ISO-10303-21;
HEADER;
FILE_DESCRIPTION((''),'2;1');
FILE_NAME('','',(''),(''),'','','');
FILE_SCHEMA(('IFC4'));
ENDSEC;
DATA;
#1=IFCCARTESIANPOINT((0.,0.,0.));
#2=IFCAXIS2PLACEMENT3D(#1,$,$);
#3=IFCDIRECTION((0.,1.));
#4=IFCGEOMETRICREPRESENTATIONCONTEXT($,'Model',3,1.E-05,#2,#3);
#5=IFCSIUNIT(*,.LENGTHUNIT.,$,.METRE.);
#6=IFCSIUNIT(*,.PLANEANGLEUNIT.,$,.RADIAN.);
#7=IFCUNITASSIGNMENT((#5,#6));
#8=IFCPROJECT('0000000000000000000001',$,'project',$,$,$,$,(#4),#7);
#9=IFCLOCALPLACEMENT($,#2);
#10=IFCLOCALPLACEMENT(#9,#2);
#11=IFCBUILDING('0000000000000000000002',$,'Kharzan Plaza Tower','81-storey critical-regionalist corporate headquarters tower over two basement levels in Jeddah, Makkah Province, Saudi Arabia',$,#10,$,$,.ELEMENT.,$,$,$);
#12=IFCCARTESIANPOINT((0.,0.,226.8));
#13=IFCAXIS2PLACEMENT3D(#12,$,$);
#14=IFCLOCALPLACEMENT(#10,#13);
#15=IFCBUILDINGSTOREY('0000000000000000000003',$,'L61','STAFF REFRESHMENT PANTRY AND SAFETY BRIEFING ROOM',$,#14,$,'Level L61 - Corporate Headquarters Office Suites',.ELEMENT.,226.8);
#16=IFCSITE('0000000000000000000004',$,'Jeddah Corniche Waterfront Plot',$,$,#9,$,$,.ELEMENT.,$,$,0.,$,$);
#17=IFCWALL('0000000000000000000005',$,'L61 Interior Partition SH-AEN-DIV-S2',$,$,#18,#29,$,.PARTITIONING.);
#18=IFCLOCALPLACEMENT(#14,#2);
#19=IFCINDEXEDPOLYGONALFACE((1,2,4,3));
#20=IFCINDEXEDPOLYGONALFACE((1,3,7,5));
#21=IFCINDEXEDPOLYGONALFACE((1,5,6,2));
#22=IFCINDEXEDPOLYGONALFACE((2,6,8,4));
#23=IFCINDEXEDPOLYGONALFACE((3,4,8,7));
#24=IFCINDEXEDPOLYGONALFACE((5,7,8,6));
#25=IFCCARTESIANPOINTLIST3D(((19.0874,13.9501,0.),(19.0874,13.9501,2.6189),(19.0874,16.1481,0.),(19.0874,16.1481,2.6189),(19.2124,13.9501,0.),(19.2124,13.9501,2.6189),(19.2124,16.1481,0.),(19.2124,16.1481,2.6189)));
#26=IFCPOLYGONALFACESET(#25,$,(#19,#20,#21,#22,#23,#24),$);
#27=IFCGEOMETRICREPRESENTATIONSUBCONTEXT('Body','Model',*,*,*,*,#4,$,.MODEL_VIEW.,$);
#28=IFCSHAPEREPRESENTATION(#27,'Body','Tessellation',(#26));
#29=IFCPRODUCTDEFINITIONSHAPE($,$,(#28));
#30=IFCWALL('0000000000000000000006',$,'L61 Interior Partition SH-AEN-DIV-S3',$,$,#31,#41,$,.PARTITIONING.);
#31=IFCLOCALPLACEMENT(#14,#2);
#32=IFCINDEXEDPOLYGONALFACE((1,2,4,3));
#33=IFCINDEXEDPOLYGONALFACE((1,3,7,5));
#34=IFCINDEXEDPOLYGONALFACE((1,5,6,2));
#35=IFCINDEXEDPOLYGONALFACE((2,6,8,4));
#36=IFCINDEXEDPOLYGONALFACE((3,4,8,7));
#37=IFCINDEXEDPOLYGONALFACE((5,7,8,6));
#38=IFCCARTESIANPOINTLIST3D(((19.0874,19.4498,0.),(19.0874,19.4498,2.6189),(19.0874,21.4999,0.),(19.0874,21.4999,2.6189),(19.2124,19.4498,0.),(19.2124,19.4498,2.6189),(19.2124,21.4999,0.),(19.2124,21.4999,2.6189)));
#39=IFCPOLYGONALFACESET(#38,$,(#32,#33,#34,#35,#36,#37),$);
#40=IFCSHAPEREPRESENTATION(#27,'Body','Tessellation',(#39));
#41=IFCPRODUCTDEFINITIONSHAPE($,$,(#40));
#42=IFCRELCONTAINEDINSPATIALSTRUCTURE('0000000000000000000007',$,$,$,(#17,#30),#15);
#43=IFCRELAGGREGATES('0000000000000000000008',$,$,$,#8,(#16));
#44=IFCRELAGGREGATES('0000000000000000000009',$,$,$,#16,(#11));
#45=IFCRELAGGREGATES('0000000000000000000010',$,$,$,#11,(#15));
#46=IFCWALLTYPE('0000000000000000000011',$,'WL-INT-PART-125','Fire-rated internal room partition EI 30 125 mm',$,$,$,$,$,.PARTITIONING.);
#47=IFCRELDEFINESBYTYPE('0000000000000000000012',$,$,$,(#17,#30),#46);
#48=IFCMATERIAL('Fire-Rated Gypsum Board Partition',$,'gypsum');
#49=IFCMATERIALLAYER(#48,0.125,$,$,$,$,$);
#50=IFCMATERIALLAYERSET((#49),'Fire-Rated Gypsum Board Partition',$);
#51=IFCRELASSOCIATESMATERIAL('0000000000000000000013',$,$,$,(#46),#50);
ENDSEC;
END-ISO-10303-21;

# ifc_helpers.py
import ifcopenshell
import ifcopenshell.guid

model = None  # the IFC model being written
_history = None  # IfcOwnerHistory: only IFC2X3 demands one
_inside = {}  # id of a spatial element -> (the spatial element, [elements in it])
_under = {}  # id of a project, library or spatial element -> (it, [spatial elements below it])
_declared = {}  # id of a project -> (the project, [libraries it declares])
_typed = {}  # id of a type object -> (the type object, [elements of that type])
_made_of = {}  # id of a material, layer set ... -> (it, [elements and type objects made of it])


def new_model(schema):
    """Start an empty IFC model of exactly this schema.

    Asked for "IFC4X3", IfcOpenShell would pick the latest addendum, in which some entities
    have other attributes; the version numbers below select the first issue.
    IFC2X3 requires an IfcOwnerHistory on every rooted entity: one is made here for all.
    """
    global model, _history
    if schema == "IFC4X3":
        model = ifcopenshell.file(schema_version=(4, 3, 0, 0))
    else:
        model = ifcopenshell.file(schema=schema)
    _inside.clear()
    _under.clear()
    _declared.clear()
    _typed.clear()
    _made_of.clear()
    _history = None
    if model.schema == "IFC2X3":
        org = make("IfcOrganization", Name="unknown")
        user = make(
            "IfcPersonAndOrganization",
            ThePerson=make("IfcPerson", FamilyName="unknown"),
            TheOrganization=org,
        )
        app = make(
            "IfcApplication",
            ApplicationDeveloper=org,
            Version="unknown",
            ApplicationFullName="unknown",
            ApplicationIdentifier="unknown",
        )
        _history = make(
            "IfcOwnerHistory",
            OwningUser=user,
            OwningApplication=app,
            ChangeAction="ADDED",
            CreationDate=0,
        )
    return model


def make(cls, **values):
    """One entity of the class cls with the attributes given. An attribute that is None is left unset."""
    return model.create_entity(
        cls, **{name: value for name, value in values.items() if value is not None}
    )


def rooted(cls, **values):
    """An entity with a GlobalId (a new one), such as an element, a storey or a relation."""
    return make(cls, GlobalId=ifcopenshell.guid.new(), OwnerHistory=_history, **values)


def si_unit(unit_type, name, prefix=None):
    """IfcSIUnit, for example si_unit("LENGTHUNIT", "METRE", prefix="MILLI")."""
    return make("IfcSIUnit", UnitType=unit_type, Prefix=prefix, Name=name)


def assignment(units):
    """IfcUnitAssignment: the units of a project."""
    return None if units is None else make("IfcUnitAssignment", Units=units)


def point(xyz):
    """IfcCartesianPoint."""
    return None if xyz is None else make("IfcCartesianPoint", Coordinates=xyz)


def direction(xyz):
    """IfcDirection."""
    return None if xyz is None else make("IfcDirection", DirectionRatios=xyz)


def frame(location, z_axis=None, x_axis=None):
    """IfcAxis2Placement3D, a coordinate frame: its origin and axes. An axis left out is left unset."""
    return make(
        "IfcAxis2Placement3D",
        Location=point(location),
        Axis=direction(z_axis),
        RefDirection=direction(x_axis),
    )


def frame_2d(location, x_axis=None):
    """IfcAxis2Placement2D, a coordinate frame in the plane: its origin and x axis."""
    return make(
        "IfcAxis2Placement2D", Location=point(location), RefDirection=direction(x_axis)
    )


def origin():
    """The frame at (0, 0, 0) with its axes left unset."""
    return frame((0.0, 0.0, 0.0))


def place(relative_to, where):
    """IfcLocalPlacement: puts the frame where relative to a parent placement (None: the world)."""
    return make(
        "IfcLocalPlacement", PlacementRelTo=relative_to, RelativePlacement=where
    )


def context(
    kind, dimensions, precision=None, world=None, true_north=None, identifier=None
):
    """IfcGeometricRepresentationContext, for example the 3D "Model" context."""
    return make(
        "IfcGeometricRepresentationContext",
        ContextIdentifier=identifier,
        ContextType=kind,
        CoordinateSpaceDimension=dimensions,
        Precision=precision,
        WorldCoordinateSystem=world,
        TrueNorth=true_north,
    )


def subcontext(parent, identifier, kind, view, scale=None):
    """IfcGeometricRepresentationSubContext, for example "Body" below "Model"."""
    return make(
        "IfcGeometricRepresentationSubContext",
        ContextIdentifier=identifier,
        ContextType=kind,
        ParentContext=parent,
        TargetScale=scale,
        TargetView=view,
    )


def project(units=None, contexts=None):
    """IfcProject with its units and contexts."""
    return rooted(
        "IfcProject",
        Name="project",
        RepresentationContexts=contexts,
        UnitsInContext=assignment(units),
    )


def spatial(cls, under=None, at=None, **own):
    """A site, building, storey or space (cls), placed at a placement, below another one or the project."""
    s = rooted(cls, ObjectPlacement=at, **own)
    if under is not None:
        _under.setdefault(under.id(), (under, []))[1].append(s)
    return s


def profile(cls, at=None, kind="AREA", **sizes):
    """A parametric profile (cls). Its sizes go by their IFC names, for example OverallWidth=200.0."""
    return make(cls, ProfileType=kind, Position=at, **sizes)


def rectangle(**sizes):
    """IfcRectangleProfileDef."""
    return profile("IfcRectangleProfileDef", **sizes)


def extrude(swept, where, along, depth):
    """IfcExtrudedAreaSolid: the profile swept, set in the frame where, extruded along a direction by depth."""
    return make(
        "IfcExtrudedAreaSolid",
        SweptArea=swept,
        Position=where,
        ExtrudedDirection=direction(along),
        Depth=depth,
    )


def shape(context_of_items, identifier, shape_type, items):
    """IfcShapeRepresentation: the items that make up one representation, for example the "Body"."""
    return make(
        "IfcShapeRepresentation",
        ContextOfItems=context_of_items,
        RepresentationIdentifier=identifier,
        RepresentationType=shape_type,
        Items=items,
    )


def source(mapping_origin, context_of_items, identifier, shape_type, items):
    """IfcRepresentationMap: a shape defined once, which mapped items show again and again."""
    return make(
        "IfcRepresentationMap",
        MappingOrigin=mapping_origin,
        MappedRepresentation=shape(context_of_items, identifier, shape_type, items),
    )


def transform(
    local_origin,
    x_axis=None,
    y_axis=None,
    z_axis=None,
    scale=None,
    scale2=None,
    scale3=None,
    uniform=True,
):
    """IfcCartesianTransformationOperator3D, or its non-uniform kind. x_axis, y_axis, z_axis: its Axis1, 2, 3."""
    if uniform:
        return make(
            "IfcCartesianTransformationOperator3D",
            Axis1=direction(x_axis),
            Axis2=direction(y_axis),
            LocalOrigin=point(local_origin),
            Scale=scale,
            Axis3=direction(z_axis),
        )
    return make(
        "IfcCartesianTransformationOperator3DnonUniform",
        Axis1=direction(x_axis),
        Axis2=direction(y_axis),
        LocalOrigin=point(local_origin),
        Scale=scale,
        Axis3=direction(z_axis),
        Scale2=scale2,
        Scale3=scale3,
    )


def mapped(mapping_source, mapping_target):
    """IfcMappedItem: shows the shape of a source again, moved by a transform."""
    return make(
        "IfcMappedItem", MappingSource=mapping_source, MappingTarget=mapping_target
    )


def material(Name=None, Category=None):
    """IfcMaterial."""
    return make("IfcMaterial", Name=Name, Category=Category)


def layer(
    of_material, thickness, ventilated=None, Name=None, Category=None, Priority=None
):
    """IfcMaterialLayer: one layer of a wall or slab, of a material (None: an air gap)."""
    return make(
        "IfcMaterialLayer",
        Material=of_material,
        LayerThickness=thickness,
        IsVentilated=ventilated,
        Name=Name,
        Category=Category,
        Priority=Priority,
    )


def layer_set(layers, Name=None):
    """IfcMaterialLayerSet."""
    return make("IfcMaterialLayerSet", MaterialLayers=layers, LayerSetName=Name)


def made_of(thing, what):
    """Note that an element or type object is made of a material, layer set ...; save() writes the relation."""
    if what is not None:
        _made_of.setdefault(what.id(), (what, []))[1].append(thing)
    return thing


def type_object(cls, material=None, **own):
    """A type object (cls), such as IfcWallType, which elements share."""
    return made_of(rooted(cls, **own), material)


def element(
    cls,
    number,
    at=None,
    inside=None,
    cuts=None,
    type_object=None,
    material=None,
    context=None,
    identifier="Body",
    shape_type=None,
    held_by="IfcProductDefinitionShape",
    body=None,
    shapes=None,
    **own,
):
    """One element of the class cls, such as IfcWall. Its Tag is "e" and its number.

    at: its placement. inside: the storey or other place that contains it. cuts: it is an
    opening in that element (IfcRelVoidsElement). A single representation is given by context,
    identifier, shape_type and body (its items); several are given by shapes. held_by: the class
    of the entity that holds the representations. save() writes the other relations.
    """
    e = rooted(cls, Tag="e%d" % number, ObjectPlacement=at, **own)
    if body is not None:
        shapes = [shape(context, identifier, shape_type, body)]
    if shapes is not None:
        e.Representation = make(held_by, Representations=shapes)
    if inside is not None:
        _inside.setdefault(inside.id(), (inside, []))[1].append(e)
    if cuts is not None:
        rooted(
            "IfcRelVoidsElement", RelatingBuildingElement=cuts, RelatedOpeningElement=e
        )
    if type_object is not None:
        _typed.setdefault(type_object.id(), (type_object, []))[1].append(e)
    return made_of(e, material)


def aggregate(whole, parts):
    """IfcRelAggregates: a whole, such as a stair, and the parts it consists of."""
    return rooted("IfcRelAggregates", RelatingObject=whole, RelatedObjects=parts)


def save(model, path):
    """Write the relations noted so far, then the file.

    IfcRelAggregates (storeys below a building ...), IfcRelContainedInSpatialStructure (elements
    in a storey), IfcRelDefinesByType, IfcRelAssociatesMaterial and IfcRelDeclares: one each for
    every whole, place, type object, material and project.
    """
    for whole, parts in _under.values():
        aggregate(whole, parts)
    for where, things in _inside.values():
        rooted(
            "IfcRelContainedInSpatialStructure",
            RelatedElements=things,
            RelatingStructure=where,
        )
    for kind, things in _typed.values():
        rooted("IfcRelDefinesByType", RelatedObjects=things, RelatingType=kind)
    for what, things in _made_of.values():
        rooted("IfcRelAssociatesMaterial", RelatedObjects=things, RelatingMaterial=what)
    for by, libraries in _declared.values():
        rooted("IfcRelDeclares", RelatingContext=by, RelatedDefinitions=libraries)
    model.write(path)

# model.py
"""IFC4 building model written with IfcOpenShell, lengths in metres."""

from ifc_helpers import new_model, si_unit, direction, frame, frame_2d, origin, place, context, subcontext, project, spatial, rectangle, extrude, source, transform, mapped, material, layer, layer_set, type_object, element, save


model = new_model("IFC4")

# Units and contexts
model_context = context("Model", 3, precision=1e-05, world=origin(), true_north=direction((0.0, 1.0)))
body_context = subcontext(model_context, "Body", "Model", "MODEL_VIEW")
ifc_project = project(units=[si_unit("LENGTHUNIT", "METRE"), si_unit("PLANEANGLEUNIT", "RADIAN")], contexts=[model_context])

# Site, building, storey
site_placement = place(None, origin())
site = spatial("IfcSite", under=ifc_project, at=site_placement, Name="Jeddah Corniche Waterfront Plot", CompositionType="ELEMENT", RefElevation=0.0)
building_placement = place(site_placement, origin())
building = spatial("IfcBuilding", under=site, at=building_placement, Name="Kharzan Plaza Tower", Description="81-storey critical-regionalist corporate headquarters tower over two basement levels in Jeddah, Makkah Province, Saudi Arabia", CompositionType="ELEMENT")
storey_placement = place(building_placement, frame((0.0, 0.0, 226.8)))
storey = spatial("IfcBuildingStorey", under=building, at=storey_placement, Name="L61", Description="STAFF REFRESHMENT PANTRY AND SAFETY BRIEFING ROOM", LongName="Level L61 - Corporate Headquarters Office Suites", CompositionType="ELEMENT", Elevation=226.8)

# Shared definitions
ifc_material_1 = material(Name="Fire-Rated Gypsum Board Partition", Category="gypsum")
ifc_layer_1 = layer(ifc_material_1, 0.125)
ifc_layer_set_1 = layer_set([ifc_layer_1], Name="Fire-Rated Gypsum Board Partition")
wall_type_1 = type_object("IfcWallType", Name="WL-INT-PART-125", Description="Fire-rated internal room partition EI 30 125 mm", PredefinedType="PARTITIONING", material=ifc_layer_set_1)

# Walls
shared_shape_1 = source(origin(), body_context, "Body", "SweptSolid", [
    extrude(rectangle(XDim=2.198, YDim=0.125, at=frame_2d((1.0991, 0.0))), origin(), (0.0, 0.0, 1.0), 2.6189),
])
wall_1_placement = place(storey_placement, frame((19.1499, 13.95, 0.0), z_axis=(0.0, 0.0, 1.0), x_axis=(0.0, 1.0, 0.0)))
element("IfcWall", 1, at=wall_1_placement, inside=storey, type_object=wall_type_1, Name="L61 Interior Partition SH-AEN-DIV-S2", PredefinedType="PARTITIONING", context=body_context, shape_type="MappedRepresentation", body=[
    mapped(shared_shape_1, transform((0.0, 0.0, 0.0), x_axis=(1.0, 0.0, 0.0), y_axis=(0.0, 1.0, 0.0), z_axis=(0.0, 0.0, 1.0))),
])
shared_shape_2 = source(origin(), body_context, "Body", "SweptSolid", [
    extrude(rectangle(XDim=2.05, YDim=0.125, at=frame_2d((1.0249, 0.0))), origin(), (0.0, 0.0, 1.0), 2.6189),
])
wall_2_placement = place(storey_placement, frame((19.1499, 19.45, 0.0), z_axis=(0.0, 0.0, 1.0), x_axis=(0.0, 1.0, 0.0)))
element("IfcWall", 2, at=wall_2_placement, inside=storey, type_object=wall_type_1, Name="L61 Interior Partition SH-AEN-DIV-S3", PredefinedType="PARTITIONING", context=body_context, shape_type="MappedRepresentation", body=[
    mapped(shared_shape_2, transform((0.0, 0.0, 0.0), x_axis=(1.0, 0.0, 0.0), y_axis=(0.0, 1.0, 0.0), z_axis=(0.0, 0.0, 1.0))),
])

save(model, "model.ifc")
